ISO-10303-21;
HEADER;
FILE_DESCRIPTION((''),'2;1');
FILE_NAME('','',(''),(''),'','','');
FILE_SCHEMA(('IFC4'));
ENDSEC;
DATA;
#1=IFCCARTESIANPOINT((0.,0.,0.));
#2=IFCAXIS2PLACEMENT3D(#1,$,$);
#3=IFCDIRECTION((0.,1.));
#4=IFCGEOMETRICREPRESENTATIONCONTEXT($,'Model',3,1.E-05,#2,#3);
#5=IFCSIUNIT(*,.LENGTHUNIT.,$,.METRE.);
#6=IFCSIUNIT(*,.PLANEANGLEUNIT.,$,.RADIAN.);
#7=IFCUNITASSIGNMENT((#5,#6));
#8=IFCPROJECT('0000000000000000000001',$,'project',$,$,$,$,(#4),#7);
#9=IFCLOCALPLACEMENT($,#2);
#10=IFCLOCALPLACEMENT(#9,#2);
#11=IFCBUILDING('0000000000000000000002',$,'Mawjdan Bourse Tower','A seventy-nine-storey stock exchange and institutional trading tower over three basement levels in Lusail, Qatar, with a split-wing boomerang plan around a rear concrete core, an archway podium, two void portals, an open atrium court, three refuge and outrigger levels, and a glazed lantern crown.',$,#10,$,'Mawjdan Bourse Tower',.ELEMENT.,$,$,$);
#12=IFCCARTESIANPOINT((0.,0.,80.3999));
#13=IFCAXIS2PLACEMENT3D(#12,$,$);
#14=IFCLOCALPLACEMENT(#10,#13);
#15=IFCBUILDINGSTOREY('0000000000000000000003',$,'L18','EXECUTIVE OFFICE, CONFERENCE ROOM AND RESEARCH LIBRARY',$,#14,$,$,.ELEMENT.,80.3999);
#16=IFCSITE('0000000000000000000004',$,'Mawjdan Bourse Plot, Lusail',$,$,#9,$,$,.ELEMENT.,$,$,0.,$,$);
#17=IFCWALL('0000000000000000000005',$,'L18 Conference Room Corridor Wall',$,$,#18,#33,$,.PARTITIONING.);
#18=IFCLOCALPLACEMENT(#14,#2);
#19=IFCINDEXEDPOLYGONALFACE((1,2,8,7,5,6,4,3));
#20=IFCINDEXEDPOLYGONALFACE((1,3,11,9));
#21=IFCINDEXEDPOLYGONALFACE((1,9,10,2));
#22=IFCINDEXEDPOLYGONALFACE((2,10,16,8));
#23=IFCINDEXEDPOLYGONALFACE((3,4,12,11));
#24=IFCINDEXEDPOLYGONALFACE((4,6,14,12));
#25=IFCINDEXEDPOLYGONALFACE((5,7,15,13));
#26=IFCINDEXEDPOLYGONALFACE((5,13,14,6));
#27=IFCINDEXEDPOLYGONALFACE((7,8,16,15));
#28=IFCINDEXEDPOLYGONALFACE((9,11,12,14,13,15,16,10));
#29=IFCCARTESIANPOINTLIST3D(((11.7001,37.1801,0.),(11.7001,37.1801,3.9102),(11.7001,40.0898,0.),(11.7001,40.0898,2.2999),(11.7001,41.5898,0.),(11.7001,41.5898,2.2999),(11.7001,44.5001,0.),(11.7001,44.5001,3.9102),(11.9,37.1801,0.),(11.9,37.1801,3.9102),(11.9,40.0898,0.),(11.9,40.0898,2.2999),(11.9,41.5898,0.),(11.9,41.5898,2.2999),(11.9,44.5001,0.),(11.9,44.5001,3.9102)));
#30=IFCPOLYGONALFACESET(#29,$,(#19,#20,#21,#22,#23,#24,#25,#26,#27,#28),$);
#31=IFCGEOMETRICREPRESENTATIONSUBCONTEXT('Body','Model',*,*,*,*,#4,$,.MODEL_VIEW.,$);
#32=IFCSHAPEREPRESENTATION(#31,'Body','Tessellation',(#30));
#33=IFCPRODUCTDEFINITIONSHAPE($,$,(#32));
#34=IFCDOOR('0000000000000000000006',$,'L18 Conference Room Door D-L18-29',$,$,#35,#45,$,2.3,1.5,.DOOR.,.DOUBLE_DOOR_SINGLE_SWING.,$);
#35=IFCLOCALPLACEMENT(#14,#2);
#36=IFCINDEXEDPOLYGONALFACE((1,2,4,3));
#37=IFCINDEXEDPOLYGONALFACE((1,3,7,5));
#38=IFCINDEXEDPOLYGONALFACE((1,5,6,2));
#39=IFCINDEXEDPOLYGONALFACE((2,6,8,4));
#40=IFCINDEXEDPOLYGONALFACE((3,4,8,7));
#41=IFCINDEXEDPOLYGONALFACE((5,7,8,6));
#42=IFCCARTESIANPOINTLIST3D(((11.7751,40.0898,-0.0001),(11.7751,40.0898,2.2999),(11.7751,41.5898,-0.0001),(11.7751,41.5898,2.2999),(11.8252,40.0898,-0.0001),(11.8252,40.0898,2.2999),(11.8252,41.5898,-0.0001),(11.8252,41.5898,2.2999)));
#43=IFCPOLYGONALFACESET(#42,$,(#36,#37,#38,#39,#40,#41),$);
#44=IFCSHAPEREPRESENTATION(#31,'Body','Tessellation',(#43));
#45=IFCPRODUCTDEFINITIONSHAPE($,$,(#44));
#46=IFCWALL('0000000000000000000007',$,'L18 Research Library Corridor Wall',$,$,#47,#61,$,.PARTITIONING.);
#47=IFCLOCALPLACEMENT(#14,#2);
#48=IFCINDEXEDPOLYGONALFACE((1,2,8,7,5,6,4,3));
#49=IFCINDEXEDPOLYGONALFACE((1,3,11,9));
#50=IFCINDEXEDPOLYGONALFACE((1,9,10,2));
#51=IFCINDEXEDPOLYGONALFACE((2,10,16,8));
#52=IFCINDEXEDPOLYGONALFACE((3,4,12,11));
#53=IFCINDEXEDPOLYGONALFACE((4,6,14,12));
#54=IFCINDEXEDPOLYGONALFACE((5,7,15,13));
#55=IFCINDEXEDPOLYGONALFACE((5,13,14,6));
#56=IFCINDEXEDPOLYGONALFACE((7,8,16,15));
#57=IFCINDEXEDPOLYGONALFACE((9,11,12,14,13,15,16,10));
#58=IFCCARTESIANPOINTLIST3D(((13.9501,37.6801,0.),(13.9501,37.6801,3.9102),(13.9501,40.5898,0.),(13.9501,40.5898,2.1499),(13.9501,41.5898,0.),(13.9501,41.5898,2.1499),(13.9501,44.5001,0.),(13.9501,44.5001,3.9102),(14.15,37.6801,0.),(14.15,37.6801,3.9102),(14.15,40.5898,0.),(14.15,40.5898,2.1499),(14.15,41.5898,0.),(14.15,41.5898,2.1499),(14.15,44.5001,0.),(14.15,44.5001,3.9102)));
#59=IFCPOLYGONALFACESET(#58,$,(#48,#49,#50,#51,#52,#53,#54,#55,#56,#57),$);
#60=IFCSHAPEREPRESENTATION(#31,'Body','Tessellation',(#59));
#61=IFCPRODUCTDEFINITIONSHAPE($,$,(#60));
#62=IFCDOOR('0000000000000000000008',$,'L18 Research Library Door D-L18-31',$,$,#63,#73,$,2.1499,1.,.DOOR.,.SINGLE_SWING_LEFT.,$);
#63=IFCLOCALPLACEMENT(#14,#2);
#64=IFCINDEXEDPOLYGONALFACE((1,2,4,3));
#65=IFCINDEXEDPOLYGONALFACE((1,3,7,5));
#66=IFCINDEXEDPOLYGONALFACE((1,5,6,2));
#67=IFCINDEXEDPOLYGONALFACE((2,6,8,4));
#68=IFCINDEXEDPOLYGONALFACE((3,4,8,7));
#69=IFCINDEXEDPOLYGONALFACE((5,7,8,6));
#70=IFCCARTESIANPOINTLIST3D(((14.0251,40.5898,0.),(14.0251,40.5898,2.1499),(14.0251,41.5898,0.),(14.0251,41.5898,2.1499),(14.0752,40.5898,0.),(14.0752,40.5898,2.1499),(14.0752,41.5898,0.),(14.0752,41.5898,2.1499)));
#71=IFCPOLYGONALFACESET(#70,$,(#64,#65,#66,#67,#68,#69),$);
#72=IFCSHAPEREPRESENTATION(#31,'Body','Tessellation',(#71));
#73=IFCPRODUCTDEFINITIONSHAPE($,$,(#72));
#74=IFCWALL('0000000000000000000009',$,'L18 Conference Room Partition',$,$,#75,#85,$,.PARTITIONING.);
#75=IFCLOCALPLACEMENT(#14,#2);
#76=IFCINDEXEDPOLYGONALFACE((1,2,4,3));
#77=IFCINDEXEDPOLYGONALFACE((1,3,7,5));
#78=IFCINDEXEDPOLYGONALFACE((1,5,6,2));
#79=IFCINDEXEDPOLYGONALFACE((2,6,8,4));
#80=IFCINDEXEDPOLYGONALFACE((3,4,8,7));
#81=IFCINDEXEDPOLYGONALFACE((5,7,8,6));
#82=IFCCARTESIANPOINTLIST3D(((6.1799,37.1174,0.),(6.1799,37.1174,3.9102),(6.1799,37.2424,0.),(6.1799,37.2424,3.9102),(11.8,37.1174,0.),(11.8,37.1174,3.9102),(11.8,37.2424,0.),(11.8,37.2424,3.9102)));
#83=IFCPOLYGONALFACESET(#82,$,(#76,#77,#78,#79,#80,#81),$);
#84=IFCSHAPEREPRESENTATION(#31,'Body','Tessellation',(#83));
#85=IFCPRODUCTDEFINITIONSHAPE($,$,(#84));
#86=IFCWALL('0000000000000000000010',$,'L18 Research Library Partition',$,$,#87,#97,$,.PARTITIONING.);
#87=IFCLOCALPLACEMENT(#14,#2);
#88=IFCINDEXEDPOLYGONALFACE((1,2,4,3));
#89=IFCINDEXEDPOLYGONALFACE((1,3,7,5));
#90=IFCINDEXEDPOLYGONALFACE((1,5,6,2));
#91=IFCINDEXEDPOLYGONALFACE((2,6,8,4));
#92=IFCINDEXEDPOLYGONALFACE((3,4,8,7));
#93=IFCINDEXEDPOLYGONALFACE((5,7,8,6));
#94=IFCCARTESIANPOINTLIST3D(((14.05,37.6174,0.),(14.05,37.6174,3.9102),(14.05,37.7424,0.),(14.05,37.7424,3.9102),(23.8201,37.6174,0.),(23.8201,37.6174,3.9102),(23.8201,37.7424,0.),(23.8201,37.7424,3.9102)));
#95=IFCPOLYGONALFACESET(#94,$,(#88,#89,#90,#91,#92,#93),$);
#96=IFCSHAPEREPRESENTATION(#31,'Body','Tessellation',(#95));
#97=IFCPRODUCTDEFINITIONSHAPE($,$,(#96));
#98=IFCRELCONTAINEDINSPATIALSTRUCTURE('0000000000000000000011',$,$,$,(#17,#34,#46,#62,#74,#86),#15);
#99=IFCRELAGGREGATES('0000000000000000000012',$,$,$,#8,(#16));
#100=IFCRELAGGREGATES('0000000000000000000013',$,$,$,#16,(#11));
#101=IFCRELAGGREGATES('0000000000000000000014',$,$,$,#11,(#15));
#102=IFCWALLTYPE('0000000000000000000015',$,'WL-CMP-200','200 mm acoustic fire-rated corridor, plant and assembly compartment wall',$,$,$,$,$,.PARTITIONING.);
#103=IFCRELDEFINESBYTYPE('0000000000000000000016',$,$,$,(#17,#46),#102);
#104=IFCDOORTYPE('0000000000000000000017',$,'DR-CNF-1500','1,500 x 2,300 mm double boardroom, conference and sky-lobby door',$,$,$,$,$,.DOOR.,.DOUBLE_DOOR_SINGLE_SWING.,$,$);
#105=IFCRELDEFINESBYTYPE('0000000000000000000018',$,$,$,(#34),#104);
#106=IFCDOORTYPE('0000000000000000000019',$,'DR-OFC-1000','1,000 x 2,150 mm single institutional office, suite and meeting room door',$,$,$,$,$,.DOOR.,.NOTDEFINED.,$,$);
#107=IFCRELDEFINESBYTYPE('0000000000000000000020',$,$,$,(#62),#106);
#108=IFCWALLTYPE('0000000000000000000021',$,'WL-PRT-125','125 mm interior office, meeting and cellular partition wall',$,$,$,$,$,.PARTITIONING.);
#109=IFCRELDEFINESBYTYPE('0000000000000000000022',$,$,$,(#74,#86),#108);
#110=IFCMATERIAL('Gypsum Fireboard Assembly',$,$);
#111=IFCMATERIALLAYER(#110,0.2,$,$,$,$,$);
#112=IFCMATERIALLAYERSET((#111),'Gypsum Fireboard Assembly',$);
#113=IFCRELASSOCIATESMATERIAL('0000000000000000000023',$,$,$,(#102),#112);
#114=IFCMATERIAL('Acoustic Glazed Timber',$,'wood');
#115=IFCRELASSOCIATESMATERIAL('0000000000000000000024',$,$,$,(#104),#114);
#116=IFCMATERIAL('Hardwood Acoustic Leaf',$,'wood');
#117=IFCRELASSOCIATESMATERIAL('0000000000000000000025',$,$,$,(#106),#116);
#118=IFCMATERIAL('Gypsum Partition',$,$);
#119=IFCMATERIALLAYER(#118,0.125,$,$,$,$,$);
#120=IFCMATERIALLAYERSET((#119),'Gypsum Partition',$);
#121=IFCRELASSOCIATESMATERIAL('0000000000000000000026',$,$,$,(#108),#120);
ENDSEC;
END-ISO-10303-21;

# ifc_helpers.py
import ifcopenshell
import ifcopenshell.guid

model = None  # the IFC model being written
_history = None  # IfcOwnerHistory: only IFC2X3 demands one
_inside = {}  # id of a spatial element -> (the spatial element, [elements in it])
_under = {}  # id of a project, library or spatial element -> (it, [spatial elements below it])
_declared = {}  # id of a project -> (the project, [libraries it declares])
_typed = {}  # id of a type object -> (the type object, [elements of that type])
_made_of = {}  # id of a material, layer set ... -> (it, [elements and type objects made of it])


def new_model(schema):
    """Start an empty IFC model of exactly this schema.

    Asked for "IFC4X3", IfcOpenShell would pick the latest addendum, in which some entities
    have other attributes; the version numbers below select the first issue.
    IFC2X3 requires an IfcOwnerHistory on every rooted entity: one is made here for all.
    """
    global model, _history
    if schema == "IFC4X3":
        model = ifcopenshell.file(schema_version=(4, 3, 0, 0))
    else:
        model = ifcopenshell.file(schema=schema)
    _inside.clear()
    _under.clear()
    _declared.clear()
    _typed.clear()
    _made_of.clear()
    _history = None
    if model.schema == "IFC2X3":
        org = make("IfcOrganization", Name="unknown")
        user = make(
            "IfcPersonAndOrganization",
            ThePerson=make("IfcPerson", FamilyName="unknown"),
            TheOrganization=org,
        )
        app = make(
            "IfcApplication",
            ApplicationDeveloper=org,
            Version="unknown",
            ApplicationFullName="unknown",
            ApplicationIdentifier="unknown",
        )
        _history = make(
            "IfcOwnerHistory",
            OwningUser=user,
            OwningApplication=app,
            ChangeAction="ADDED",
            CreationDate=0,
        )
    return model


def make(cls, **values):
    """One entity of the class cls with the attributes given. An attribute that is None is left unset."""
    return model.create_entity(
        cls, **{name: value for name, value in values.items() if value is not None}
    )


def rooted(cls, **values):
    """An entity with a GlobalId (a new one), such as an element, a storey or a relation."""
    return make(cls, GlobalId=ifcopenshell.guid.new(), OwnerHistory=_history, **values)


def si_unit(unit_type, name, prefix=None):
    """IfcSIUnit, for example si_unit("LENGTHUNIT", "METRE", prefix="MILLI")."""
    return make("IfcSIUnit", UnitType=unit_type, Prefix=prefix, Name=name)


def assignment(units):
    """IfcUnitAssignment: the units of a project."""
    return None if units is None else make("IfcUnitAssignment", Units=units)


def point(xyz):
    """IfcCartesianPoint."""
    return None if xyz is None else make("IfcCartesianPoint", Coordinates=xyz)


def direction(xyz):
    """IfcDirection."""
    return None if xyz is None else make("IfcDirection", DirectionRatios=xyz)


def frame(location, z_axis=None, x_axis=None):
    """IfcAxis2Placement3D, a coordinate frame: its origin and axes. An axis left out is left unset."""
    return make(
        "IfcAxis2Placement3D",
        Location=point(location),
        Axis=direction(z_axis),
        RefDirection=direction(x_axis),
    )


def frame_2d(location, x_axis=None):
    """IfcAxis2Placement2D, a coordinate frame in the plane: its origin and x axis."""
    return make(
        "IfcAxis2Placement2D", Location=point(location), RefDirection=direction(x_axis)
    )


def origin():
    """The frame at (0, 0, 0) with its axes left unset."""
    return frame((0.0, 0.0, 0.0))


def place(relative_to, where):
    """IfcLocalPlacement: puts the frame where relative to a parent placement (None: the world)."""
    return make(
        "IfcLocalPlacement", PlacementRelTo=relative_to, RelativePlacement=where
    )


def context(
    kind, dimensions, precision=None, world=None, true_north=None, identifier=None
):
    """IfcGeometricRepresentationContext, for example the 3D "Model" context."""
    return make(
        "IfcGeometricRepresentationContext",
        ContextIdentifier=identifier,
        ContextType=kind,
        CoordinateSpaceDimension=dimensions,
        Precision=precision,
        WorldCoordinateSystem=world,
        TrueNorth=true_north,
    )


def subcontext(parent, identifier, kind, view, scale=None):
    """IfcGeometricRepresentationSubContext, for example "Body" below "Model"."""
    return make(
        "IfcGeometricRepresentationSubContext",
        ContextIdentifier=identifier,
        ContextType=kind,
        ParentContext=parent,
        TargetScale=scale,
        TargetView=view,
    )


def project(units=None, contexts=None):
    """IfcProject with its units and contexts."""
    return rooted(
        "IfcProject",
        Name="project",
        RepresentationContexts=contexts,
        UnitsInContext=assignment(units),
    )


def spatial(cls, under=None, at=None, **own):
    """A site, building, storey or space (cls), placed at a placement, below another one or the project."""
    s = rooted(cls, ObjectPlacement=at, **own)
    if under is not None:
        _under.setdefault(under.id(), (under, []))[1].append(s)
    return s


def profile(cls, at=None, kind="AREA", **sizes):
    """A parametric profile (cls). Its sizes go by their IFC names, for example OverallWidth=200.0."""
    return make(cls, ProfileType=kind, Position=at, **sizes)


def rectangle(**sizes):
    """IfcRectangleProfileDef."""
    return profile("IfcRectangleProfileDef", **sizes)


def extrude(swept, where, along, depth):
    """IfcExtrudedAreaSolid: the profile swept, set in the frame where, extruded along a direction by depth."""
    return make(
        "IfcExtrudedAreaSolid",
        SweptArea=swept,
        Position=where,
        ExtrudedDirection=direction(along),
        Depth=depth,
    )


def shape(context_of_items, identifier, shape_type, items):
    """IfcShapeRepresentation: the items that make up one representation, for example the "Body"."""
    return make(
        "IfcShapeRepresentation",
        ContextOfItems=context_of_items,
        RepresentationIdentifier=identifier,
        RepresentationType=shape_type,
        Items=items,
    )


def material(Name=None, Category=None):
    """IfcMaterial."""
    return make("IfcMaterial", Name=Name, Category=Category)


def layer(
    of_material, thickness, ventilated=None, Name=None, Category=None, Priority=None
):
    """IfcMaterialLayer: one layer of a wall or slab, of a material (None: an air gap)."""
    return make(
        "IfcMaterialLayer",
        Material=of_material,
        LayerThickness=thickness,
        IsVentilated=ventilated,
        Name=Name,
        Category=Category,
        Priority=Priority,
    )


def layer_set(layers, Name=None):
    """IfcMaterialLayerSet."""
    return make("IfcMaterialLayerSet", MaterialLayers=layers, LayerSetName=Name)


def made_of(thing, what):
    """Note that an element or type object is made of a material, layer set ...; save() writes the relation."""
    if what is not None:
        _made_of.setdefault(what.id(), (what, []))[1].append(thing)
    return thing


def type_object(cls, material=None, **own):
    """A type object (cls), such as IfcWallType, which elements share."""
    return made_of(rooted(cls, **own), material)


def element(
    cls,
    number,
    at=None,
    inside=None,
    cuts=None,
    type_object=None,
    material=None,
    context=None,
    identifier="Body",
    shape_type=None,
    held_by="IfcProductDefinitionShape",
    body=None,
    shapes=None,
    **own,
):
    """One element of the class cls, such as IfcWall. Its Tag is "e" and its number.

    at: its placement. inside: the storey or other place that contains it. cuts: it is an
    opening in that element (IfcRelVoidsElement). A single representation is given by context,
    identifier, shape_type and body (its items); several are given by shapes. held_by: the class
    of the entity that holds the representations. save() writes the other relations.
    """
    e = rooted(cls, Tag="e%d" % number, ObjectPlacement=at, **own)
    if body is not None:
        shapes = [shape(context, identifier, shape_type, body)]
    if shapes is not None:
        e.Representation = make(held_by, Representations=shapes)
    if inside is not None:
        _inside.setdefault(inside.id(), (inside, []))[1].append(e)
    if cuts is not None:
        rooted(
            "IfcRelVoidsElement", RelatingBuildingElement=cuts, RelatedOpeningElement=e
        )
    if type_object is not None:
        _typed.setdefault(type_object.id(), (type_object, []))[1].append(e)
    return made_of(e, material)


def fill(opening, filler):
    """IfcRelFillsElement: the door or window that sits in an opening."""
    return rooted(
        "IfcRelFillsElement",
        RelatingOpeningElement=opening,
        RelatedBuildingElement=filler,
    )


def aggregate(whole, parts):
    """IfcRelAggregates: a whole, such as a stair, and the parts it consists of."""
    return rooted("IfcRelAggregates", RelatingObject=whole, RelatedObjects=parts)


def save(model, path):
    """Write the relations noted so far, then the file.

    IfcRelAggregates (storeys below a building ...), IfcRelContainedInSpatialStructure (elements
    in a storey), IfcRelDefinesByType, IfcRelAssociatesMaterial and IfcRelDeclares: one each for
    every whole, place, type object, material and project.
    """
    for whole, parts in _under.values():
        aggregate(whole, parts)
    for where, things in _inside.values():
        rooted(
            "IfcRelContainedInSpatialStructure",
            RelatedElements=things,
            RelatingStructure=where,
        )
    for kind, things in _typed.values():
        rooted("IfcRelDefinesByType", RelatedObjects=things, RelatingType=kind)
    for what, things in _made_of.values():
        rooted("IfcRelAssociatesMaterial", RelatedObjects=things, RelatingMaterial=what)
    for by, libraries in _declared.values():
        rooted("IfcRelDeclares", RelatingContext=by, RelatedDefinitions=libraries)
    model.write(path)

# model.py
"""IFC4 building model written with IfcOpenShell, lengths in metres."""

from ifc_helpers import new_model, si_unit, direction, frame, frame_2d, origin, place, context, subcontext, project, spatial, rectangle, extrude, material, layer, layer_set, type_object, element, fill, save


model = new_model("IFC4")

# Units and contexts
model_context = context("Model", 3, precision=1e-05, world=origin(), true_north=direction((0.0, 1.0)))
body_context = subcontext(model_context, "Body", "Model", "MODEL_VIEW")
ifc_project = project(units=[si_unit("LENGTHUNIT", "METRE"), si_unit("PLANEANGLEUNIT", "RADIAN")], contexts=[model_context])

# Site, building, storey
site_placement = place(None, origin())
site = spatial("IfcSite", under=ifc_project, at=site_placement, Name="Mawjdan Bourse Plot, Lusail", CompositionType="ELEMENT", RefElevation=0.0)
building_placement = place(site_placement, origin())
building = spatial("IfcBuilding", under=site, at=building_placement, Name="Mawjdan Bourse Tower", Description="A seventy-nine-storey stock exchange and institutional trading tower over three basement levels in Lusail, Qatar, with a split-wing boomerang plan around a rear concrete core, an archway podium, two void portals, an open atrium court, three refuge and outrigger levels, and a glazed lantern crown.", LongName="Mawjdan Bourse Tower", CompositionType="ELEMENT")
storey_placement = place(building_placement, frame((0.0, 0.0, 80.3999)))
storey = spatial("IfcBuildingStorey", under=building, at=storey_placement, Name="L18", Description="EXECUTIVE OFFICE, CONFERENCE ROOM AND RESEARCH LIBRARY", CompositionType="ELEMENT", Elevation=80.3999)

# Walls, openings, doors
ifc_material_1 = material(Name="Gypsum Fireboard Assembly")
ifc_layer_1 = layer(ifc_material_1, 0.2)
ifc_layer_set_1 = layer_set([ifc_layer_1], Name="Gypsum Fireboard Assembly")
wall_type_1 = type_object("IfcWallType", Name="WL-CMP-200", Description="200 mm acoustic fire-rated corridor, plant and assembly compartment wall", PredefinedType="PARTITIONING", material=ifc_layer_set_1)
wall_1_placement = place(storey_placement, frame((11.8, 37.1799, 0.0), z_axis=(0.0, 0.0, 1.0), x_axis=(0.0, 1.0, 0.0)))
wall_1 = element("IfcWall", 1, at=wall_1_placement, inside=storey, type_object=wall_type_1, Name="L18 Conference Room Corridor Wall", PredefinedType="PARTITIONING", context=body_context, shape_type="SweptSolid", body=[
    extrude(rectangle(XDim=7.3201, YDim=0.2, at=frame_2d((3.6602, 0.0))), origin(), (0.0, 0.0, 1.0), 3.9102),
])
opening_1_placement = place(wall_1_placement, frame((2.9099, 0.0, 0.0)))
opening_1 = element("IfcOpeningElement", 2, at=opening_1_placement, cuts=wall_1, PredefinedType="OPENING", context=body_context, shape_type="SweptSolid", body=[
    extrude(rectangle(XDim=1.5, YDim=2.3, at=frame_2d((0.75, 1.1499))), frame((0.0, 0.1099, 0.0), z_axis=(0.0, -1.0, 0.0), x_axis=(1.0, 0.0, 0.0)), (0.0, 0.0, 1.0), 0.22),
])
ifc_material_2 = material(Name="Acoustic Glazed Timber", Category="wood")
door_type_1 = type_object("IfcDoorType", Name="DR-CNF-1500", Description="1,500 x 2,300 mm double boardroom, conference and sky-lobby door", OperationType="DOUBLE_DOOR_SINGLE_SWING", PredefinedType="DOOR", material=ifc_material_2)
door_1_placement = place(opening_1_placement, origin())
door_1 = element("IfcDoor", 3, at=door_1_placement, inside=storey, type_object=door_type_1, Name="L18 Conference Room Door D-L18-29", OperationType="DOUBLE_DOOR_SINGLE_SWING", OverallHeight=2.3, OverallWidth=1.5, PredefinedType="DOOR", context=body_context, shape_type="SweptSolid", body=[
    extrude(rectangle(XDim=1.5, YDim=2.3, at=frame_2d((0.75, 1.1499))), frame((0.0, 0.0249, 0.0), z_axis=(0.0, -1.0, 0.0), x_axis=(1.0, 0.0, 0.0)), (0.0, 0.0, 1.0), 0.05),
])
fill(opening_1, door_1)
wall_2_placement = place(storey_placement, frame((14.05, 37.6799, 0.0), z_axis=(0.0, 0.0, 1.0), x_axis=(0.0, 1.0, 0.0)))
wall_2 = element("IfcWall", 4, at=wall_2_placement, inside=storey, type_object=wall_type_1, Name="L18 Research Library Corridor Wall", PredefinedType="PARTITIONING", context=body_context, shape_type="SweptSolid", body=[
    extrude(rectangle(XDim=6.8201, YDim=0.2, at=frame_2d((3.4102, 0.0))), origin(), (0.0, 0.0, 1.0), 3.9102),
])
opening_2_placement = place(wall_2_placement, frame((2.9099, 0.0, 0.0)))
opening_2 = element("IfcOpeningElement", 5, at=opening_2_placement, cuts=wall_2, PredefinedType="OPENING", context=body_context, shape_type="SweptSolid", body=[
    extrude(rectangle(XDim=1.0, YDim=2.1499, at=frame_2d((0.5, 1.075))), frame((0.0, 0.1099, 0.0), z_axis=(0.0, -1.0, 0.0), x_axis=(1.0, 0.0, 0.0)), (0.0, 0.0, 1.0), 0.22),
])
ifc_material_3 = material(Name="Hardwood Acoustic Leaf", Category="wood")
door_type_2 = type_object("IfcDoorType", Name="DR-OFC-1000", Description="1,000 x 2,150 mm single institutional office, suite and meeting room door", OperationType="NOTDEFINED", PredefinedType="DOOR", material=ifc_material_3)
door_2_placement = place(opening_2_placement, origin())
door_2 = element("IfcDoor", 6, at=door_2_placement, inside=storey, type_object=door_type_2, Name="L18 Research Library Door D-L18-31", OperationType="SINGLE_SWING_LEFT", OverallHeight=2.1499, OverallWidth=1.0, PredefinedType="DOOR", context=body_context, shape_type="SweptSolid", body=[
    extrude(rectangle(XDim=1.0, YDim=2.1499, at=frame_2d((0.5, 1.075))), frame((0.0, 0.0249, 0.0), z_axis=(0.0, -1.0, 0.0), x_axis=(1.0, 0.0, 0.0)), (0.0, 0.0, 1.0), 0.05),
])
fill(opening_2, door_2)

# Walls
ifc_material_4 = material(Name="Gypsum Partition")
ifc_layer_2 = layer(ifc_material_4, 0.125)
ifc_layer_set_2 = layer_set([ifc_layer_2], Name="Gypsum Partition")
wall_type_2 = type_object("IfcWallType", Name="WL-PRT-125", Description="125 mm interior office, meeting and cellular partition wall", PredefinedType="PARTITIONING", material=ifc_layer_set_2)
wall_3_placement = place(storey_placement, frame((6.1799, 37.1799, 0.0), z_axis=(0.0, 0.0, 1.0), x_axis=(1.0, 0.0, 0.0)))
element("IfcWall", 7, at=wall_3_placement, inside=storey, type_object=wall_type_2, Name="L18 Conference Room Partition", PredefinedType="PARTITIONING", context=body_context, shape_type="SweptSolid", body=[
    extrude(rectangle(XDim=5.6201, YDim=0.125, at=frame_2d((2.8101, 0.0))), origin(), (0.0, 0.0, 1.0), 3.9102),
])
wall_4_placement = place(storey_placement, frame((14.05, 37.6799, 0.0), z_axis=(0.0, 0.0, 1.0), x_axis=(1.0, 0.0, 0.0)))
element("IfcWall", 8, at=wall_4_placement, inside=storey, type_object=wall_type_2, Name="L18 Research Library Partition", PredefinedType="PARTITIONING", context=body_context, shape_type="SweptSolid", body=[
    extrude(rectangle(XDim=9.77, YDim=0.125, at=frame_2d((4.885, 0.0))), origin(), (0.0, 0.0, 1.0), 3.9102),
])

save(model, "model.ifc")
